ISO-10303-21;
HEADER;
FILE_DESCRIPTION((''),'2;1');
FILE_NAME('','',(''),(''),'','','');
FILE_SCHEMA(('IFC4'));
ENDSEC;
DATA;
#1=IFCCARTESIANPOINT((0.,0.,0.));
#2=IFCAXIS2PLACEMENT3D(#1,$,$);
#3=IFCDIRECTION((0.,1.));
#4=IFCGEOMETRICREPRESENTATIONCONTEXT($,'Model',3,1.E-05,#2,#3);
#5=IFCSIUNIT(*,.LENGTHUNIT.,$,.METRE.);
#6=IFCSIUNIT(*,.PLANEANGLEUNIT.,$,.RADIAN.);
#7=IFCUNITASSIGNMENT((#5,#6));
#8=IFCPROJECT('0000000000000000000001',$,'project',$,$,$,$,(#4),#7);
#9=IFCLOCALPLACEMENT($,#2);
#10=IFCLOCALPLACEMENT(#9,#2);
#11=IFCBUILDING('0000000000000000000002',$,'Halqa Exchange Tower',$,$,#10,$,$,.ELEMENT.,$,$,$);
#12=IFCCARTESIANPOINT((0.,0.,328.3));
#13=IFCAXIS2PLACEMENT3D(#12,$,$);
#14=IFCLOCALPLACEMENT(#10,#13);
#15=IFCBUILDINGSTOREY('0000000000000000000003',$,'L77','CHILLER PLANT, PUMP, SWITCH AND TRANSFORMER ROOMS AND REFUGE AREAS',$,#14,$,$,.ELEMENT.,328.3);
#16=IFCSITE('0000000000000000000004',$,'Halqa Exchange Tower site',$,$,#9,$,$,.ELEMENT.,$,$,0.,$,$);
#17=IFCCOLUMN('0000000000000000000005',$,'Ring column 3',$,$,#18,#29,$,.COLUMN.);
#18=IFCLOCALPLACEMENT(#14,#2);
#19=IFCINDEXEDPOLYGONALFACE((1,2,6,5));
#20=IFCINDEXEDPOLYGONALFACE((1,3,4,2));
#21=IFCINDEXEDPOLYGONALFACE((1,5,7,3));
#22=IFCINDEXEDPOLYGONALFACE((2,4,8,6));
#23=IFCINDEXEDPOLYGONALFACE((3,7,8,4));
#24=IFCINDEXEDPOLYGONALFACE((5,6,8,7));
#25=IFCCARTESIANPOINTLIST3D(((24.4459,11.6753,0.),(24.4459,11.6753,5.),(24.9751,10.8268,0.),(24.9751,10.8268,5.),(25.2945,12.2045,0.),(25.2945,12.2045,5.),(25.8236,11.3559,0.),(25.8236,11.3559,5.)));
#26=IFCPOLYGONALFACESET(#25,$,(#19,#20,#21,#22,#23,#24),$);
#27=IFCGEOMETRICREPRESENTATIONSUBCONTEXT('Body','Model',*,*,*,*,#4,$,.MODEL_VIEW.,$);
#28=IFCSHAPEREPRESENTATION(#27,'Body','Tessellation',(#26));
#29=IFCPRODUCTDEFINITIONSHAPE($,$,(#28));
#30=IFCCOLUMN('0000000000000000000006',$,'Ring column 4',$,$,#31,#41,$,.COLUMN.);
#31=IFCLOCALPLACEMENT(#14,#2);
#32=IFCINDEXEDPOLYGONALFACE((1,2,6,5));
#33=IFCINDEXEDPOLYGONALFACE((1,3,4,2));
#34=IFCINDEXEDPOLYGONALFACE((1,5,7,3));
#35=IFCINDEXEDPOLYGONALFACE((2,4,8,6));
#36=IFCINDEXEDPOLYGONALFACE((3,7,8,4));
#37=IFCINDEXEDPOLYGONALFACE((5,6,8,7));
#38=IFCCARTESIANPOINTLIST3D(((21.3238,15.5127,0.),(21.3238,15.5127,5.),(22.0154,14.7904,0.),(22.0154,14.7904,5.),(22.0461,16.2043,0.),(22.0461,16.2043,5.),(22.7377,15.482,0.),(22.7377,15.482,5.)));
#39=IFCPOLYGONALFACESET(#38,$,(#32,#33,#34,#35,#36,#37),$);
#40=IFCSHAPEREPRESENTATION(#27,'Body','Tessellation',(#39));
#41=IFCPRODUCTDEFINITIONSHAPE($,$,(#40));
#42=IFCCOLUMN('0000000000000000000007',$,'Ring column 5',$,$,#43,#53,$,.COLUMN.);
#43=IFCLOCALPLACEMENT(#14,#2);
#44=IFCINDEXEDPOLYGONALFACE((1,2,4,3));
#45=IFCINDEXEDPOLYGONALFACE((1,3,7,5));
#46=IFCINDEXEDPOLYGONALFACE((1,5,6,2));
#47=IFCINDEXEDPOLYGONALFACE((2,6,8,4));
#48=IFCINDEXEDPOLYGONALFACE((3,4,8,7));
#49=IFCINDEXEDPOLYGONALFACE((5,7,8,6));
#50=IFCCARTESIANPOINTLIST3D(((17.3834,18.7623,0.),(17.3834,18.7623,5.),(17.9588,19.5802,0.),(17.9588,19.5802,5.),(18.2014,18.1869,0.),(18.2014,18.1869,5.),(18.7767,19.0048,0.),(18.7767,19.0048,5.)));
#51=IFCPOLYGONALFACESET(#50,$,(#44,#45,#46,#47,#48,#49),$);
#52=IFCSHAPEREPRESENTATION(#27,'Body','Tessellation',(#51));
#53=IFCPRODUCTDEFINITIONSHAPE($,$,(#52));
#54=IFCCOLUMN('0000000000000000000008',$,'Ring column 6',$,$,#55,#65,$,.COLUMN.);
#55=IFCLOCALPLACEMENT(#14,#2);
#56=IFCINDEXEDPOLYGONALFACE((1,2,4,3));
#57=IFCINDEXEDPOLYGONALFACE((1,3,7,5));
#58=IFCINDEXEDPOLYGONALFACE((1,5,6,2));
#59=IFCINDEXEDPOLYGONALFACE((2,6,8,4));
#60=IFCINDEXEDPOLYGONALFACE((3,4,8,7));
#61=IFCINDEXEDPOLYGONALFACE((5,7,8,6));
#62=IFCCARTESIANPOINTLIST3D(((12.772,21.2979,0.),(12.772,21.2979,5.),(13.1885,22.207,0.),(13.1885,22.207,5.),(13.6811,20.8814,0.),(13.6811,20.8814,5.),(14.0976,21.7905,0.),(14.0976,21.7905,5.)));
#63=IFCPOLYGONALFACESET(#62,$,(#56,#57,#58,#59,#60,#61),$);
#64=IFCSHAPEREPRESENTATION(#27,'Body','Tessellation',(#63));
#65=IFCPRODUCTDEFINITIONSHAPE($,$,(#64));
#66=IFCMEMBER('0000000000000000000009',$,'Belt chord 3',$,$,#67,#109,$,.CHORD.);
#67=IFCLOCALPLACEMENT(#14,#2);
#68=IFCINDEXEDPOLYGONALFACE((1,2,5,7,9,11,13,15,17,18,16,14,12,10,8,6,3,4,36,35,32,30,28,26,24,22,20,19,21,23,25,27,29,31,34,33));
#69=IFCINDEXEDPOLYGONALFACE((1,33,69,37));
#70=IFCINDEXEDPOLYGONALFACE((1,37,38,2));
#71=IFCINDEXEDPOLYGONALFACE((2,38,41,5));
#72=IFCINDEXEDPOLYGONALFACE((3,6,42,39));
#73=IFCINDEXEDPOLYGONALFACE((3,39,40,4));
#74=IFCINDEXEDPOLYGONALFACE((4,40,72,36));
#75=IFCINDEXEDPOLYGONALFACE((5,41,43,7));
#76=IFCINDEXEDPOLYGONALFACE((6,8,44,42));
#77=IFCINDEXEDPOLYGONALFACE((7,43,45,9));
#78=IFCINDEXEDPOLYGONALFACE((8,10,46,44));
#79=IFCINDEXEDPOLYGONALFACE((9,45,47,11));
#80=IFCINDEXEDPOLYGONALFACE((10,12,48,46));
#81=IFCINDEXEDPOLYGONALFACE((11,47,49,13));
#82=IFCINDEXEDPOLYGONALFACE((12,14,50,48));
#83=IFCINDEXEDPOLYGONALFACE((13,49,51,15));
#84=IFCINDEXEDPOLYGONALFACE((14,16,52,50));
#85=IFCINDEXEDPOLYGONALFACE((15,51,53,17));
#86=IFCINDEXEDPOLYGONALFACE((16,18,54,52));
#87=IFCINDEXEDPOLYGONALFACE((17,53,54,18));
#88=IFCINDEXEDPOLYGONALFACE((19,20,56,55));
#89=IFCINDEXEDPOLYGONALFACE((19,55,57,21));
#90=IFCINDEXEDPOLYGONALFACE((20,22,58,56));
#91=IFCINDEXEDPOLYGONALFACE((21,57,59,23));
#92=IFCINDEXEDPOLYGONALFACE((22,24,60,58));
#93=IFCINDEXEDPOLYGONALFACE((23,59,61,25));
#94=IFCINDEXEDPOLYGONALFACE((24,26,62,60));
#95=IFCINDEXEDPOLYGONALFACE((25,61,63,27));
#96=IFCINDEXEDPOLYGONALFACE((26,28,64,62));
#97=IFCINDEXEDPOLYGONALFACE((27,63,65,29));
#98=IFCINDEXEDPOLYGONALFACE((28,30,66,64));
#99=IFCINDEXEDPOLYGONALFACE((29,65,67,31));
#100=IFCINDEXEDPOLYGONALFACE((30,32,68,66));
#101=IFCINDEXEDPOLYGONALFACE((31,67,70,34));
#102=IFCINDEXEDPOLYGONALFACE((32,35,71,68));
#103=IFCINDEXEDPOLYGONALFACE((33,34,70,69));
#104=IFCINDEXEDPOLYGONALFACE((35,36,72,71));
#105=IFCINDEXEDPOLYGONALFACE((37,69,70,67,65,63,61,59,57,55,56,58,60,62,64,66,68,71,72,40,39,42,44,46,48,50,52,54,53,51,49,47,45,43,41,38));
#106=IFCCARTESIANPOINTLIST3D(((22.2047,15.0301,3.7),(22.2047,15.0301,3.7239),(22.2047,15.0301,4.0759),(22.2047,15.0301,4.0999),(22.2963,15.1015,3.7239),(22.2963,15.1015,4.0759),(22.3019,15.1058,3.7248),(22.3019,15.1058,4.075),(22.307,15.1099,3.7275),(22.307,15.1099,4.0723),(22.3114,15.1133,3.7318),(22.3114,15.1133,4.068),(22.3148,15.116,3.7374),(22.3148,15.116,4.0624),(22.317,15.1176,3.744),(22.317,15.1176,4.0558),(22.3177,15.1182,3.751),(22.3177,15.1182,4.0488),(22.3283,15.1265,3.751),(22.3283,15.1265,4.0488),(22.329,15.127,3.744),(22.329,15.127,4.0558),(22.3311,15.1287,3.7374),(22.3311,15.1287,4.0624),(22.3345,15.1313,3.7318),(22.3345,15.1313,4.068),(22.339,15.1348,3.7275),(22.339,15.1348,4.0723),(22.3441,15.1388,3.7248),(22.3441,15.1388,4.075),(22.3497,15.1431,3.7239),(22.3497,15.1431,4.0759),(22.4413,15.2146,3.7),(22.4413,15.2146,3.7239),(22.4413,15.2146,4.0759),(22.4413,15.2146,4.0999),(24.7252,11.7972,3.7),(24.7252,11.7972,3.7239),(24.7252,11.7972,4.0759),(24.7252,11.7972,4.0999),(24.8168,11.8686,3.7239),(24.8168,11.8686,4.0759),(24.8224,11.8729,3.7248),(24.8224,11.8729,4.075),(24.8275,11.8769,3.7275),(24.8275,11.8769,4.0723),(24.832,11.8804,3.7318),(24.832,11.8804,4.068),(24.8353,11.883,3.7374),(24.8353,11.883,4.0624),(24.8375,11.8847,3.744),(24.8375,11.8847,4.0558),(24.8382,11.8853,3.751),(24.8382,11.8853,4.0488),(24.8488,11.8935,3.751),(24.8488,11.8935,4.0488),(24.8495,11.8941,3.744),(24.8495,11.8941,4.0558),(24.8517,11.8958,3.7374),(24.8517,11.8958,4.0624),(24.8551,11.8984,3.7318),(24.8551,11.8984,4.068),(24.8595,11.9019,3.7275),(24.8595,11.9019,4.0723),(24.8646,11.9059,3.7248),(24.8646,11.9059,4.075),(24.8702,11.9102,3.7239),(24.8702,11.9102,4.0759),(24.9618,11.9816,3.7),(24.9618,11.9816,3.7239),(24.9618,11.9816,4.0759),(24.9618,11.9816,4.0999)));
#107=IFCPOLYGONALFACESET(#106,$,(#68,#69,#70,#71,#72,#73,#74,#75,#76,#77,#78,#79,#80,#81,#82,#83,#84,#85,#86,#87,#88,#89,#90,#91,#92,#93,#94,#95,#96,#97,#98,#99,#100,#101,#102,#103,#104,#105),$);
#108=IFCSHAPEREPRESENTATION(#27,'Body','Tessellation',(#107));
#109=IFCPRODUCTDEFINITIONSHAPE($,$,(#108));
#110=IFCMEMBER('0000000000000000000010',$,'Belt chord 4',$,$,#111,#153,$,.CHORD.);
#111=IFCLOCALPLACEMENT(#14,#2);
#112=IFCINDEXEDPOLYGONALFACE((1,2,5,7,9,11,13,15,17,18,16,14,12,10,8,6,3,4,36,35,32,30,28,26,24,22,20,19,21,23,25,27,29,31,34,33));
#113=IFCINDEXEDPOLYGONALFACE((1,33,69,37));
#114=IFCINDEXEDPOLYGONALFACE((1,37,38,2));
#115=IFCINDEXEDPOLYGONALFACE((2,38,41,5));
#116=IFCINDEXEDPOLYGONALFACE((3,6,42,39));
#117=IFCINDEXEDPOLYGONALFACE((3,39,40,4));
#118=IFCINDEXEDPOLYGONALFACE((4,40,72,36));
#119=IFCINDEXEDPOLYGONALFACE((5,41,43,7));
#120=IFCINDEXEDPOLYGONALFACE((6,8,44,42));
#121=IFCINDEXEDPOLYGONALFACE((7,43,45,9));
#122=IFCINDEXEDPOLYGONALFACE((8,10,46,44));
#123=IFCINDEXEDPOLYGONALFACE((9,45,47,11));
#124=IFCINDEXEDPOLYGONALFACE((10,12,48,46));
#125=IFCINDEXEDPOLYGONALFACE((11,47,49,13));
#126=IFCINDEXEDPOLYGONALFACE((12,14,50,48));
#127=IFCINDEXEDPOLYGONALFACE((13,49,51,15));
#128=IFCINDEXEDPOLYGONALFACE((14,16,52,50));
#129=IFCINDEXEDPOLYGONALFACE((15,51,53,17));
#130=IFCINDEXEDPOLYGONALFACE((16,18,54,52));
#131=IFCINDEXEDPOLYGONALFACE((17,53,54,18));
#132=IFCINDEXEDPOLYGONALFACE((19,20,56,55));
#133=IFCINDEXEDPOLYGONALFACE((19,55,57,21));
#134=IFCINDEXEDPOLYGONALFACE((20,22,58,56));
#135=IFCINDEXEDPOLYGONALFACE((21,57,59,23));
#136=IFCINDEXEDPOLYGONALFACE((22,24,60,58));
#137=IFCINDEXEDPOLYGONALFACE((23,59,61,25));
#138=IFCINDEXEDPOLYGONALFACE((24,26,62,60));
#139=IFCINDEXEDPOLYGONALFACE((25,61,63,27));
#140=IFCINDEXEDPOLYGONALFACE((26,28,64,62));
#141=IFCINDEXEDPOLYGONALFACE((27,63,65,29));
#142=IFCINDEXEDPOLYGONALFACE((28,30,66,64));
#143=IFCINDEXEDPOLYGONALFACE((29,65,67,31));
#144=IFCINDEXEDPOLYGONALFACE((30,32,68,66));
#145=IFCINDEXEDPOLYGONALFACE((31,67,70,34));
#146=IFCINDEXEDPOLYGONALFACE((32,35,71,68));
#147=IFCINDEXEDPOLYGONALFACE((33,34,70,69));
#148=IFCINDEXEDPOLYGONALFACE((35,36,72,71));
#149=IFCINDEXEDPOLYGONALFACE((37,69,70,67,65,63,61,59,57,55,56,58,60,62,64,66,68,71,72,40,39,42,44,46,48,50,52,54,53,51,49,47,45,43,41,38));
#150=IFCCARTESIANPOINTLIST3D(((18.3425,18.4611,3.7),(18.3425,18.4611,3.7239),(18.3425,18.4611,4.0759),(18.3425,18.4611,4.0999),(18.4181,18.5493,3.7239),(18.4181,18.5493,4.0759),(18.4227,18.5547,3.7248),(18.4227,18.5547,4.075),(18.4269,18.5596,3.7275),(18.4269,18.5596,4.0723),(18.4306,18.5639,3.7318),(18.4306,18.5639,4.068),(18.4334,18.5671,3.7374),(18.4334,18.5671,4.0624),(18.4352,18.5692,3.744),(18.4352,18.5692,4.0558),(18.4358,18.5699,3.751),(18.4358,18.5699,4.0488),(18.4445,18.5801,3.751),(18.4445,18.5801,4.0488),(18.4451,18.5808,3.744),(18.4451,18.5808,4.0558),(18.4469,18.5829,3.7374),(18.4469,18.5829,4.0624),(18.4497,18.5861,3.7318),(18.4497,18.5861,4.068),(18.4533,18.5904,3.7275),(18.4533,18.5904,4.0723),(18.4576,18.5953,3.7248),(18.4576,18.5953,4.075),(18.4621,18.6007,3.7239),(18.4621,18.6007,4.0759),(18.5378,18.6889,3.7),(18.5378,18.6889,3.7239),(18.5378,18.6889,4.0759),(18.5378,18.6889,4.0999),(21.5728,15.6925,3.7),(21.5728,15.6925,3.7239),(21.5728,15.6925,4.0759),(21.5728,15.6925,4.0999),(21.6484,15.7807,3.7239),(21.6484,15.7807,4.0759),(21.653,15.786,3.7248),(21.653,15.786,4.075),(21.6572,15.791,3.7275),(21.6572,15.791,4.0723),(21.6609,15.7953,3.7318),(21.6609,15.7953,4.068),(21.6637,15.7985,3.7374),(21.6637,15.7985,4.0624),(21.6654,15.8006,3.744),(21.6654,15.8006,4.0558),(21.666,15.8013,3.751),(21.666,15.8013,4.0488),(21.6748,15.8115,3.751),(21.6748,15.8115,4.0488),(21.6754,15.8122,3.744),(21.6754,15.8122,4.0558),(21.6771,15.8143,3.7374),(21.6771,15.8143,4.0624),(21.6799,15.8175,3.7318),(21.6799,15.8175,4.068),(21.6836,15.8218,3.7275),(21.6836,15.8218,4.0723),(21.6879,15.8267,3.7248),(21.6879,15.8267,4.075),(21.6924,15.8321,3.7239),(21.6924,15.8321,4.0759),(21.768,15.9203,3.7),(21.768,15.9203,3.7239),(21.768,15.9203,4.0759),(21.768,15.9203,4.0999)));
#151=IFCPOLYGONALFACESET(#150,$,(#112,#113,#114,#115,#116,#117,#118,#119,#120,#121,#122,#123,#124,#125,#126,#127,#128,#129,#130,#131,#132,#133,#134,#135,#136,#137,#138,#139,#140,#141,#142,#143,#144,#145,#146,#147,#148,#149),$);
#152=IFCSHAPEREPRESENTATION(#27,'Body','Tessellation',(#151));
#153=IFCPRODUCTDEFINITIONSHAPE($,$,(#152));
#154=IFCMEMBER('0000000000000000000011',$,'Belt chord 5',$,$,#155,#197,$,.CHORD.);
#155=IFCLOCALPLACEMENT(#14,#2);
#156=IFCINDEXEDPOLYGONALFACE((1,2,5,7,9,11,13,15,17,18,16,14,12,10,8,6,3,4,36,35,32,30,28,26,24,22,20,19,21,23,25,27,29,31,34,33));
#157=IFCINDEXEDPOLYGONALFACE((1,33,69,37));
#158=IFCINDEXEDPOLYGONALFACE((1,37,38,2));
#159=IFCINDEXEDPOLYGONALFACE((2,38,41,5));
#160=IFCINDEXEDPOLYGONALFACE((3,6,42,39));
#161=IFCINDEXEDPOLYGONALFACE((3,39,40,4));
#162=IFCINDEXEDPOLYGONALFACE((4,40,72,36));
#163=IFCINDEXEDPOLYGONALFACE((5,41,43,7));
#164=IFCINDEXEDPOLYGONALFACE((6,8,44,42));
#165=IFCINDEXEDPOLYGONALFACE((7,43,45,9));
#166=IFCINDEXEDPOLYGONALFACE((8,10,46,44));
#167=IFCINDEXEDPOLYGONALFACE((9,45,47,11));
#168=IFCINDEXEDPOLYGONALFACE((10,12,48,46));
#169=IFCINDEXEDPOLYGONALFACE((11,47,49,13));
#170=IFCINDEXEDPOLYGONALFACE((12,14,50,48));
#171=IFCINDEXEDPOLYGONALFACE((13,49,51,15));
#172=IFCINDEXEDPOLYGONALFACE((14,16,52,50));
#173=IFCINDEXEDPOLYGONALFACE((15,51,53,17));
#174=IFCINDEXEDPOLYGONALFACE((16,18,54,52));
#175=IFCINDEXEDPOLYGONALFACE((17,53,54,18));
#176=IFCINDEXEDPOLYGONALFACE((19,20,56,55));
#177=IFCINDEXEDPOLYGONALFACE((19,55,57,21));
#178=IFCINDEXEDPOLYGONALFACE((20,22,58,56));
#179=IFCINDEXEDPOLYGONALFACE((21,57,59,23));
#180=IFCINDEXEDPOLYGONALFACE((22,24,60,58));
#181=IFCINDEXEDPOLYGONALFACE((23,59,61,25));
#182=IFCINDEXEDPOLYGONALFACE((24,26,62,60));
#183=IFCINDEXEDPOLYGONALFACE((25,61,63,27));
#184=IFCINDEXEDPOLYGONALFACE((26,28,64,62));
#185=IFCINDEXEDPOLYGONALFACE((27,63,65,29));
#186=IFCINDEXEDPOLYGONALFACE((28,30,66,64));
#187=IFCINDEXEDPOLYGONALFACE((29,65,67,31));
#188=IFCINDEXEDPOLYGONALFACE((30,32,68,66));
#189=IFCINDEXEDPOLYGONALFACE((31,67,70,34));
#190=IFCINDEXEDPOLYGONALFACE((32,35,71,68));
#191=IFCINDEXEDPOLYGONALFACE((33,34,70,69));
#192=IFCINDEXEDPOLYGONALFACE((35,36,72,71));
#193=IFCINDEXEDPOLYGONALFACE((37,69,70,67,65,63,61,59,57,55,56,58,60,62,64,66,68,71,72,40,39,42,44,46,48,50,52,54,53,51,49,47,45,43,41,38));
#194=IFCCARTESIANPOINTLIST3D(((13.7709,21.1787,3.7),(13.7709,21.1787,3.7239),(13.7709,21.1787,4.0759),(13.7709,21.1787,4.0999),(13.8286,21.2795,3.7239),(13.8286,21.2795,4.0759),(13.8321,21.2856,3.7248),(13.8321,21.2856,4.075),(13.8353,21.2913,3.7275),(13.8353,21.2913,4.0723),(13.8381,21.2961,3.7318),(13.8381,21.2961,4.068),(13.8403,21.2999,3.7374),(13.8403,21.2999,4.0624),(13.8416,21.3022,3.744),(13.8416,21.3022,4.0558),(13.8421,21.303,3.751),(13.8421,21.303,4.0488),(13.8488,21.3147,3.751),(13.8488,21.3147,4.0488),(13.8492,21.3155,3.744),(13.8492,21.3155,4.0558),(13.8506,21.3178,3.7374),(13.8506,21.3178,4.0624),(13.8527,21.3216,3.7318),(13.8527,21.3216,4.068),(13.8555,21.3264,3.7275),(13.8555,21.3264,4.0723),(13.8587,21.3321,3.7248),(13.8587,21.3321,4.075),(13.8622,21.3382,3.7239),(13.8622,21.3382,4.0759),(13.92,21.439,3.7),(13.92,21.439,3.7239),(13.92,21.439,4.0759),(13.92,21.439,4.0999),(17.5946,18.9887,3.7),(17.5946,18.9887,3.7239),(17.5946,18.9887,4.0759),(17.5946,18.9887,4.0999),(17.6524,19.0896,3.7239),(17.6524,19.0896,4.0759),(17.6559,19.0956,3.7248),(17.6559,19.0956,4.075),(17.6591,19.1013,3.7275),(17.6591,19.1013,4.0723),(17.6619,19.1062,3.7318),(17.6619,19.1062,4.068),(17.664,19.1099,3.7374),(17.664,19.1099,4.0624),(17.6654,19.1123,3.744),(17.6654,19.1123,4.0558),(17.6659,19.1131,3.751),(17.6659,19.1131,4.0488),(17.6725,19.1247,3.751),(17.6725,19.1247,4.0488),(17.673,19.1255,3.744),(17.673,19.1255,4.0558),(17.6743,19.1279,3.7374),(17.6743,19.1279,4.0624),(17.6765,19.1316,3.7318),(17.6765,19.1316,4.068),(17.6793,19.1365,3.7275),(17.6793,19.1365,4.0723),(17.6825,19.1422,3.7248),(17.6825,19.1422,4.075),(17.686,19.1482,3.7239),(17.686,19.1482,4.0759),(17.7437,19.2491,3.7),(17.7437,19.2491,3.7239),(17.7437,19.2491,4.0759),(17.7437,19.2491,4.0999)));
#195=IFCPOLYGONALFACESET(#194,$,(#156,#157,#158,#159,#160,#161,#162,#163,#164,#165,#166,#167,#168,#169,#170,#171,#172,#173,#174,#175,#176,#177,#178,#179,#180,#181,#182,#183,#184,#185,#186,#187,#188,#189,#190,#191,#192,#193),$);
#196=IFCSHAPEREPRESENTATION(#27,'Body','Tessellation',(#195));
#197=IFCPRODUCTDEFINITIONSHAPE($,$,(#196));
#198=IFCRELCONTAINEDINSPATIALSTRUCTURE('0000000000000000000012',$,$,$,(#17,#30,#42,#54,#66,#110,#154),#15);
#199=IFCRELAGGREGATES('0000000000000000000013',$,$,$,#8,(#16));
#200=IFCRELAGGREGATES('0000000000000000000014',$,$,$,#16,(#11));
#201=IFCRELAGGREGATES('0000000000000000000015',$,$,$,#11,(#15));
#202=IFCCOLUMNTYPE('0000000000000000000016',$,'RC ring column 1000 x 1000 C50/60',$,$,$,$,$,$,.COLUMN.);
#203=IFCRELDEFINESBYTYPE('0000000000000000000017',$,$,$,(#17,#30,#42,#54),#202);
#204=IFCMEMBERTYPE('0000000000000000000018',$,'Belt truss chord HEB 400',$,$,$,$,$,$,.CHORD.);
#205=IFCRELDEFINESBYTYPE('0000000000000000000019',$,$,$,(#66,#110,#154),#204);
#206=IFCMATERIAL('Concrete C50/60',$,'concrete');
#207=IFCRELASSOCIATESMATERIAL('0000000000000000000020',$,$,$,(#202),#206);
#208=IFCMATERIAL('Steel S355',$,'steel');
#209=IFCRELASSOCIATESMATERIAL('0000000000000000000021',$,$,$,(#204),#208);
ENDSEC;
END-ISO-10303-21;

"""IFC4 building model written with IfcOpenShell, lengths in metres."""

from ifc_helpers import new_model, si_unit, direction, frame, origin, origin_2d, place, context, subcontext, project, spatial, rectangle, i_section, extrude, material, material_profile, profile_set, type_object, element, save


model = new_model("IFC4")

# Units and contexts
model_context = context("Model", 3, precision=1e-05, world=origin(), true_north=direction((0.0, 1.0)))
body_context = subcontext(model_context, "Body", "Model", "MODEL_VIEW")
ifc_project = project(units=[si_unit("LENGTHUNIT", "METRE"), si_unit("PLANEANGLEUNIT", "RADIAN")], contexts=[model_context])

# Site, building, storey
site_placement = place(None, origin())
site = spatial("IfcSite", under=ifc_project, at=site_placement, Name="Halqa Exchange Tower site", CompositionType="ELEMENT", RefElevation=0.0)
building_placement = place(site_placement, origin())
building = spatial("IfcBuilding", under=site, at=building_placement, Name="Halqa Exchange Tower", CompositionType="ELEMENT")
storey_placement = place(building_placement, frame((0.0, 0.0, 328.3)))
storey = spatial("IfcBuildingStorey", under=building, at=storey_placement, Name="L77", Description="CHILLER PLANT, PUMP, SWITCH AND TRANSFORMER ROOMS AND REFUGE AREAS", CompositionType="ELEMENT", Elevation=328.3)

# Columns
ifc_material_1 = material(Name="Concrete C50/60", Category="concrete")
ifc_material_profile_1 = material_profile(ifc_material_1, rectangle(XDim=1.0, YDim=1.0, at=origin_2d()), Name="1000 x 1000")
ifc_profile_set_1 = profile_set([ifc_material_profile_1], Name="Concrete C50/60")
column_type = type_object("IfcColumnType", Name="RC ring column 1000 x 1000 C50/60", PredefinedType="COLUMN", material=ifc_profile_set_1)
for number, where, z_axis, x_axis, name in (
    (1, (25.1348, 11.5156, 0.0), (0.0, 0.0, 1.0), (-0.52914, 0.848534, 0.0), "Ring column 3"),
    (2, (22.0308, 15.4973, 0.0), (0.0, 0.0, 1.0), (-0.691579, 0.722301, 0.0), "Ring column 4"),
    (3, (18.0801, 18.8835, 0.0), (0.0, 0.0, 1.0), (-0.817907, 0.575351, 0.0), "Ring column 5"),
    (4, (13.4348, 21.5442, 0.0), (0.0, 0.0, 1.0), (-0.909129, 0.416516, 0.0), "Ring column 6"),
):
    element("IfcColumn", number, at=place(storey_placement, frame(where, z_axis=z_axis, x_axis=x_axis)), inside=storey, type_object=column_type, Name=name, PredefinedType="COLUMN", context=body_context, shape_type="SweptSolid", body=[
        extrude(rectangle(XDim=1.0, YDim=1.0, at=origin_2d()), origin(), (0.0, 0.0, 1.0), 5.0),
    ])

# Members
ifc_material_2 = material(Name="Steel S355", Category="steel")
ifc_material_profile_2 = material_profile(ifc_material_2, i_section(OverallWidth=0.3, OverallDepth=0.3999, WebThickness=0.0134, FlangeThickness=0.0239, FilletRadius=0.0271, at=origin_2d()), Name="HEB 400")
ifc_profile_set_2 = profile_set([ifc_material_profile_2], Name="Steel S355")
member_type_1 = type_object("IfcMemberType", Name="Belt truss chord HEB 400", PredefinedType="CHORD", material=ifc_profile_set_2)
member_1_placement = place(storey_placement, frame((24.8435, 11.8894, 3.8999), z_axis=(-0.614856, 0.78864, 0.0), x_axis=(-0.78864, -0.614856, 0.0)))
element("IfcMember", 5, at=member_1_placement, inside=storey, type_object=member_type_1, Name="Belt chord 3", PredefinedType="CHORD", context=body_context, shape_type="SweptSolid", body=[
    extrude(i_section(OverallWidth=0.3, OverallDepth=0.3999, WebThickness=0.0134, FlangeThickness=0.0239, FilletRadius=0.0271, at=origin_2d()), origin(), (0.0, 0.0, 1.0), 4.0994),
])
member_2_placement = place(storey_placement, frame((21.6704, 15.8064, 3.8999), z_axis=(-0.759281, 0.650763, 0.0), x_axis=(-0.650763, -0.759281, 0.0)))
element("IfcMember", 6, at=member_2_placement, inside=storey, type_object=member_type_1, Name="Belt chord 4", PredefinedType="CHORD", context=body_context, shape_type="SweptSolid", body=[
    extrude(i_section(OverallWidth=0.3, OverallDepth=0.3999, WebThickness=0.0134, FlangeThickness=0.0239, FilletRadius=0.0271, at=origin_2d()), origin(), (0.0, 0.0, 1.0), 4.2544),
])
member_3_placement = place(storey_placement, frame((17.6692, 19.1189, 3.8999), z_axis=(-0.867759, 0.496986, 0.0), x_axis=(-0.496986, -0.867759, 0.0)))
element("IfcMember", 7, at=member_3_placement, inside=storey, type_object=member_type_1, Name="Belt chord 5", PredefinedType="CHORD", context=body_context, shape_type="SweptSolid", body=[
    extrude(i_section(OverallWidth=0.3, OverallDepth=0.3999, WebThickness=0.0134, FlangeThickness=0.0239, FilletRadius=0.0271, at=origin_2d()), origin(), (0.0, 0.0, 1.0), 4.4065),
])

save(model, "model.ifc")
